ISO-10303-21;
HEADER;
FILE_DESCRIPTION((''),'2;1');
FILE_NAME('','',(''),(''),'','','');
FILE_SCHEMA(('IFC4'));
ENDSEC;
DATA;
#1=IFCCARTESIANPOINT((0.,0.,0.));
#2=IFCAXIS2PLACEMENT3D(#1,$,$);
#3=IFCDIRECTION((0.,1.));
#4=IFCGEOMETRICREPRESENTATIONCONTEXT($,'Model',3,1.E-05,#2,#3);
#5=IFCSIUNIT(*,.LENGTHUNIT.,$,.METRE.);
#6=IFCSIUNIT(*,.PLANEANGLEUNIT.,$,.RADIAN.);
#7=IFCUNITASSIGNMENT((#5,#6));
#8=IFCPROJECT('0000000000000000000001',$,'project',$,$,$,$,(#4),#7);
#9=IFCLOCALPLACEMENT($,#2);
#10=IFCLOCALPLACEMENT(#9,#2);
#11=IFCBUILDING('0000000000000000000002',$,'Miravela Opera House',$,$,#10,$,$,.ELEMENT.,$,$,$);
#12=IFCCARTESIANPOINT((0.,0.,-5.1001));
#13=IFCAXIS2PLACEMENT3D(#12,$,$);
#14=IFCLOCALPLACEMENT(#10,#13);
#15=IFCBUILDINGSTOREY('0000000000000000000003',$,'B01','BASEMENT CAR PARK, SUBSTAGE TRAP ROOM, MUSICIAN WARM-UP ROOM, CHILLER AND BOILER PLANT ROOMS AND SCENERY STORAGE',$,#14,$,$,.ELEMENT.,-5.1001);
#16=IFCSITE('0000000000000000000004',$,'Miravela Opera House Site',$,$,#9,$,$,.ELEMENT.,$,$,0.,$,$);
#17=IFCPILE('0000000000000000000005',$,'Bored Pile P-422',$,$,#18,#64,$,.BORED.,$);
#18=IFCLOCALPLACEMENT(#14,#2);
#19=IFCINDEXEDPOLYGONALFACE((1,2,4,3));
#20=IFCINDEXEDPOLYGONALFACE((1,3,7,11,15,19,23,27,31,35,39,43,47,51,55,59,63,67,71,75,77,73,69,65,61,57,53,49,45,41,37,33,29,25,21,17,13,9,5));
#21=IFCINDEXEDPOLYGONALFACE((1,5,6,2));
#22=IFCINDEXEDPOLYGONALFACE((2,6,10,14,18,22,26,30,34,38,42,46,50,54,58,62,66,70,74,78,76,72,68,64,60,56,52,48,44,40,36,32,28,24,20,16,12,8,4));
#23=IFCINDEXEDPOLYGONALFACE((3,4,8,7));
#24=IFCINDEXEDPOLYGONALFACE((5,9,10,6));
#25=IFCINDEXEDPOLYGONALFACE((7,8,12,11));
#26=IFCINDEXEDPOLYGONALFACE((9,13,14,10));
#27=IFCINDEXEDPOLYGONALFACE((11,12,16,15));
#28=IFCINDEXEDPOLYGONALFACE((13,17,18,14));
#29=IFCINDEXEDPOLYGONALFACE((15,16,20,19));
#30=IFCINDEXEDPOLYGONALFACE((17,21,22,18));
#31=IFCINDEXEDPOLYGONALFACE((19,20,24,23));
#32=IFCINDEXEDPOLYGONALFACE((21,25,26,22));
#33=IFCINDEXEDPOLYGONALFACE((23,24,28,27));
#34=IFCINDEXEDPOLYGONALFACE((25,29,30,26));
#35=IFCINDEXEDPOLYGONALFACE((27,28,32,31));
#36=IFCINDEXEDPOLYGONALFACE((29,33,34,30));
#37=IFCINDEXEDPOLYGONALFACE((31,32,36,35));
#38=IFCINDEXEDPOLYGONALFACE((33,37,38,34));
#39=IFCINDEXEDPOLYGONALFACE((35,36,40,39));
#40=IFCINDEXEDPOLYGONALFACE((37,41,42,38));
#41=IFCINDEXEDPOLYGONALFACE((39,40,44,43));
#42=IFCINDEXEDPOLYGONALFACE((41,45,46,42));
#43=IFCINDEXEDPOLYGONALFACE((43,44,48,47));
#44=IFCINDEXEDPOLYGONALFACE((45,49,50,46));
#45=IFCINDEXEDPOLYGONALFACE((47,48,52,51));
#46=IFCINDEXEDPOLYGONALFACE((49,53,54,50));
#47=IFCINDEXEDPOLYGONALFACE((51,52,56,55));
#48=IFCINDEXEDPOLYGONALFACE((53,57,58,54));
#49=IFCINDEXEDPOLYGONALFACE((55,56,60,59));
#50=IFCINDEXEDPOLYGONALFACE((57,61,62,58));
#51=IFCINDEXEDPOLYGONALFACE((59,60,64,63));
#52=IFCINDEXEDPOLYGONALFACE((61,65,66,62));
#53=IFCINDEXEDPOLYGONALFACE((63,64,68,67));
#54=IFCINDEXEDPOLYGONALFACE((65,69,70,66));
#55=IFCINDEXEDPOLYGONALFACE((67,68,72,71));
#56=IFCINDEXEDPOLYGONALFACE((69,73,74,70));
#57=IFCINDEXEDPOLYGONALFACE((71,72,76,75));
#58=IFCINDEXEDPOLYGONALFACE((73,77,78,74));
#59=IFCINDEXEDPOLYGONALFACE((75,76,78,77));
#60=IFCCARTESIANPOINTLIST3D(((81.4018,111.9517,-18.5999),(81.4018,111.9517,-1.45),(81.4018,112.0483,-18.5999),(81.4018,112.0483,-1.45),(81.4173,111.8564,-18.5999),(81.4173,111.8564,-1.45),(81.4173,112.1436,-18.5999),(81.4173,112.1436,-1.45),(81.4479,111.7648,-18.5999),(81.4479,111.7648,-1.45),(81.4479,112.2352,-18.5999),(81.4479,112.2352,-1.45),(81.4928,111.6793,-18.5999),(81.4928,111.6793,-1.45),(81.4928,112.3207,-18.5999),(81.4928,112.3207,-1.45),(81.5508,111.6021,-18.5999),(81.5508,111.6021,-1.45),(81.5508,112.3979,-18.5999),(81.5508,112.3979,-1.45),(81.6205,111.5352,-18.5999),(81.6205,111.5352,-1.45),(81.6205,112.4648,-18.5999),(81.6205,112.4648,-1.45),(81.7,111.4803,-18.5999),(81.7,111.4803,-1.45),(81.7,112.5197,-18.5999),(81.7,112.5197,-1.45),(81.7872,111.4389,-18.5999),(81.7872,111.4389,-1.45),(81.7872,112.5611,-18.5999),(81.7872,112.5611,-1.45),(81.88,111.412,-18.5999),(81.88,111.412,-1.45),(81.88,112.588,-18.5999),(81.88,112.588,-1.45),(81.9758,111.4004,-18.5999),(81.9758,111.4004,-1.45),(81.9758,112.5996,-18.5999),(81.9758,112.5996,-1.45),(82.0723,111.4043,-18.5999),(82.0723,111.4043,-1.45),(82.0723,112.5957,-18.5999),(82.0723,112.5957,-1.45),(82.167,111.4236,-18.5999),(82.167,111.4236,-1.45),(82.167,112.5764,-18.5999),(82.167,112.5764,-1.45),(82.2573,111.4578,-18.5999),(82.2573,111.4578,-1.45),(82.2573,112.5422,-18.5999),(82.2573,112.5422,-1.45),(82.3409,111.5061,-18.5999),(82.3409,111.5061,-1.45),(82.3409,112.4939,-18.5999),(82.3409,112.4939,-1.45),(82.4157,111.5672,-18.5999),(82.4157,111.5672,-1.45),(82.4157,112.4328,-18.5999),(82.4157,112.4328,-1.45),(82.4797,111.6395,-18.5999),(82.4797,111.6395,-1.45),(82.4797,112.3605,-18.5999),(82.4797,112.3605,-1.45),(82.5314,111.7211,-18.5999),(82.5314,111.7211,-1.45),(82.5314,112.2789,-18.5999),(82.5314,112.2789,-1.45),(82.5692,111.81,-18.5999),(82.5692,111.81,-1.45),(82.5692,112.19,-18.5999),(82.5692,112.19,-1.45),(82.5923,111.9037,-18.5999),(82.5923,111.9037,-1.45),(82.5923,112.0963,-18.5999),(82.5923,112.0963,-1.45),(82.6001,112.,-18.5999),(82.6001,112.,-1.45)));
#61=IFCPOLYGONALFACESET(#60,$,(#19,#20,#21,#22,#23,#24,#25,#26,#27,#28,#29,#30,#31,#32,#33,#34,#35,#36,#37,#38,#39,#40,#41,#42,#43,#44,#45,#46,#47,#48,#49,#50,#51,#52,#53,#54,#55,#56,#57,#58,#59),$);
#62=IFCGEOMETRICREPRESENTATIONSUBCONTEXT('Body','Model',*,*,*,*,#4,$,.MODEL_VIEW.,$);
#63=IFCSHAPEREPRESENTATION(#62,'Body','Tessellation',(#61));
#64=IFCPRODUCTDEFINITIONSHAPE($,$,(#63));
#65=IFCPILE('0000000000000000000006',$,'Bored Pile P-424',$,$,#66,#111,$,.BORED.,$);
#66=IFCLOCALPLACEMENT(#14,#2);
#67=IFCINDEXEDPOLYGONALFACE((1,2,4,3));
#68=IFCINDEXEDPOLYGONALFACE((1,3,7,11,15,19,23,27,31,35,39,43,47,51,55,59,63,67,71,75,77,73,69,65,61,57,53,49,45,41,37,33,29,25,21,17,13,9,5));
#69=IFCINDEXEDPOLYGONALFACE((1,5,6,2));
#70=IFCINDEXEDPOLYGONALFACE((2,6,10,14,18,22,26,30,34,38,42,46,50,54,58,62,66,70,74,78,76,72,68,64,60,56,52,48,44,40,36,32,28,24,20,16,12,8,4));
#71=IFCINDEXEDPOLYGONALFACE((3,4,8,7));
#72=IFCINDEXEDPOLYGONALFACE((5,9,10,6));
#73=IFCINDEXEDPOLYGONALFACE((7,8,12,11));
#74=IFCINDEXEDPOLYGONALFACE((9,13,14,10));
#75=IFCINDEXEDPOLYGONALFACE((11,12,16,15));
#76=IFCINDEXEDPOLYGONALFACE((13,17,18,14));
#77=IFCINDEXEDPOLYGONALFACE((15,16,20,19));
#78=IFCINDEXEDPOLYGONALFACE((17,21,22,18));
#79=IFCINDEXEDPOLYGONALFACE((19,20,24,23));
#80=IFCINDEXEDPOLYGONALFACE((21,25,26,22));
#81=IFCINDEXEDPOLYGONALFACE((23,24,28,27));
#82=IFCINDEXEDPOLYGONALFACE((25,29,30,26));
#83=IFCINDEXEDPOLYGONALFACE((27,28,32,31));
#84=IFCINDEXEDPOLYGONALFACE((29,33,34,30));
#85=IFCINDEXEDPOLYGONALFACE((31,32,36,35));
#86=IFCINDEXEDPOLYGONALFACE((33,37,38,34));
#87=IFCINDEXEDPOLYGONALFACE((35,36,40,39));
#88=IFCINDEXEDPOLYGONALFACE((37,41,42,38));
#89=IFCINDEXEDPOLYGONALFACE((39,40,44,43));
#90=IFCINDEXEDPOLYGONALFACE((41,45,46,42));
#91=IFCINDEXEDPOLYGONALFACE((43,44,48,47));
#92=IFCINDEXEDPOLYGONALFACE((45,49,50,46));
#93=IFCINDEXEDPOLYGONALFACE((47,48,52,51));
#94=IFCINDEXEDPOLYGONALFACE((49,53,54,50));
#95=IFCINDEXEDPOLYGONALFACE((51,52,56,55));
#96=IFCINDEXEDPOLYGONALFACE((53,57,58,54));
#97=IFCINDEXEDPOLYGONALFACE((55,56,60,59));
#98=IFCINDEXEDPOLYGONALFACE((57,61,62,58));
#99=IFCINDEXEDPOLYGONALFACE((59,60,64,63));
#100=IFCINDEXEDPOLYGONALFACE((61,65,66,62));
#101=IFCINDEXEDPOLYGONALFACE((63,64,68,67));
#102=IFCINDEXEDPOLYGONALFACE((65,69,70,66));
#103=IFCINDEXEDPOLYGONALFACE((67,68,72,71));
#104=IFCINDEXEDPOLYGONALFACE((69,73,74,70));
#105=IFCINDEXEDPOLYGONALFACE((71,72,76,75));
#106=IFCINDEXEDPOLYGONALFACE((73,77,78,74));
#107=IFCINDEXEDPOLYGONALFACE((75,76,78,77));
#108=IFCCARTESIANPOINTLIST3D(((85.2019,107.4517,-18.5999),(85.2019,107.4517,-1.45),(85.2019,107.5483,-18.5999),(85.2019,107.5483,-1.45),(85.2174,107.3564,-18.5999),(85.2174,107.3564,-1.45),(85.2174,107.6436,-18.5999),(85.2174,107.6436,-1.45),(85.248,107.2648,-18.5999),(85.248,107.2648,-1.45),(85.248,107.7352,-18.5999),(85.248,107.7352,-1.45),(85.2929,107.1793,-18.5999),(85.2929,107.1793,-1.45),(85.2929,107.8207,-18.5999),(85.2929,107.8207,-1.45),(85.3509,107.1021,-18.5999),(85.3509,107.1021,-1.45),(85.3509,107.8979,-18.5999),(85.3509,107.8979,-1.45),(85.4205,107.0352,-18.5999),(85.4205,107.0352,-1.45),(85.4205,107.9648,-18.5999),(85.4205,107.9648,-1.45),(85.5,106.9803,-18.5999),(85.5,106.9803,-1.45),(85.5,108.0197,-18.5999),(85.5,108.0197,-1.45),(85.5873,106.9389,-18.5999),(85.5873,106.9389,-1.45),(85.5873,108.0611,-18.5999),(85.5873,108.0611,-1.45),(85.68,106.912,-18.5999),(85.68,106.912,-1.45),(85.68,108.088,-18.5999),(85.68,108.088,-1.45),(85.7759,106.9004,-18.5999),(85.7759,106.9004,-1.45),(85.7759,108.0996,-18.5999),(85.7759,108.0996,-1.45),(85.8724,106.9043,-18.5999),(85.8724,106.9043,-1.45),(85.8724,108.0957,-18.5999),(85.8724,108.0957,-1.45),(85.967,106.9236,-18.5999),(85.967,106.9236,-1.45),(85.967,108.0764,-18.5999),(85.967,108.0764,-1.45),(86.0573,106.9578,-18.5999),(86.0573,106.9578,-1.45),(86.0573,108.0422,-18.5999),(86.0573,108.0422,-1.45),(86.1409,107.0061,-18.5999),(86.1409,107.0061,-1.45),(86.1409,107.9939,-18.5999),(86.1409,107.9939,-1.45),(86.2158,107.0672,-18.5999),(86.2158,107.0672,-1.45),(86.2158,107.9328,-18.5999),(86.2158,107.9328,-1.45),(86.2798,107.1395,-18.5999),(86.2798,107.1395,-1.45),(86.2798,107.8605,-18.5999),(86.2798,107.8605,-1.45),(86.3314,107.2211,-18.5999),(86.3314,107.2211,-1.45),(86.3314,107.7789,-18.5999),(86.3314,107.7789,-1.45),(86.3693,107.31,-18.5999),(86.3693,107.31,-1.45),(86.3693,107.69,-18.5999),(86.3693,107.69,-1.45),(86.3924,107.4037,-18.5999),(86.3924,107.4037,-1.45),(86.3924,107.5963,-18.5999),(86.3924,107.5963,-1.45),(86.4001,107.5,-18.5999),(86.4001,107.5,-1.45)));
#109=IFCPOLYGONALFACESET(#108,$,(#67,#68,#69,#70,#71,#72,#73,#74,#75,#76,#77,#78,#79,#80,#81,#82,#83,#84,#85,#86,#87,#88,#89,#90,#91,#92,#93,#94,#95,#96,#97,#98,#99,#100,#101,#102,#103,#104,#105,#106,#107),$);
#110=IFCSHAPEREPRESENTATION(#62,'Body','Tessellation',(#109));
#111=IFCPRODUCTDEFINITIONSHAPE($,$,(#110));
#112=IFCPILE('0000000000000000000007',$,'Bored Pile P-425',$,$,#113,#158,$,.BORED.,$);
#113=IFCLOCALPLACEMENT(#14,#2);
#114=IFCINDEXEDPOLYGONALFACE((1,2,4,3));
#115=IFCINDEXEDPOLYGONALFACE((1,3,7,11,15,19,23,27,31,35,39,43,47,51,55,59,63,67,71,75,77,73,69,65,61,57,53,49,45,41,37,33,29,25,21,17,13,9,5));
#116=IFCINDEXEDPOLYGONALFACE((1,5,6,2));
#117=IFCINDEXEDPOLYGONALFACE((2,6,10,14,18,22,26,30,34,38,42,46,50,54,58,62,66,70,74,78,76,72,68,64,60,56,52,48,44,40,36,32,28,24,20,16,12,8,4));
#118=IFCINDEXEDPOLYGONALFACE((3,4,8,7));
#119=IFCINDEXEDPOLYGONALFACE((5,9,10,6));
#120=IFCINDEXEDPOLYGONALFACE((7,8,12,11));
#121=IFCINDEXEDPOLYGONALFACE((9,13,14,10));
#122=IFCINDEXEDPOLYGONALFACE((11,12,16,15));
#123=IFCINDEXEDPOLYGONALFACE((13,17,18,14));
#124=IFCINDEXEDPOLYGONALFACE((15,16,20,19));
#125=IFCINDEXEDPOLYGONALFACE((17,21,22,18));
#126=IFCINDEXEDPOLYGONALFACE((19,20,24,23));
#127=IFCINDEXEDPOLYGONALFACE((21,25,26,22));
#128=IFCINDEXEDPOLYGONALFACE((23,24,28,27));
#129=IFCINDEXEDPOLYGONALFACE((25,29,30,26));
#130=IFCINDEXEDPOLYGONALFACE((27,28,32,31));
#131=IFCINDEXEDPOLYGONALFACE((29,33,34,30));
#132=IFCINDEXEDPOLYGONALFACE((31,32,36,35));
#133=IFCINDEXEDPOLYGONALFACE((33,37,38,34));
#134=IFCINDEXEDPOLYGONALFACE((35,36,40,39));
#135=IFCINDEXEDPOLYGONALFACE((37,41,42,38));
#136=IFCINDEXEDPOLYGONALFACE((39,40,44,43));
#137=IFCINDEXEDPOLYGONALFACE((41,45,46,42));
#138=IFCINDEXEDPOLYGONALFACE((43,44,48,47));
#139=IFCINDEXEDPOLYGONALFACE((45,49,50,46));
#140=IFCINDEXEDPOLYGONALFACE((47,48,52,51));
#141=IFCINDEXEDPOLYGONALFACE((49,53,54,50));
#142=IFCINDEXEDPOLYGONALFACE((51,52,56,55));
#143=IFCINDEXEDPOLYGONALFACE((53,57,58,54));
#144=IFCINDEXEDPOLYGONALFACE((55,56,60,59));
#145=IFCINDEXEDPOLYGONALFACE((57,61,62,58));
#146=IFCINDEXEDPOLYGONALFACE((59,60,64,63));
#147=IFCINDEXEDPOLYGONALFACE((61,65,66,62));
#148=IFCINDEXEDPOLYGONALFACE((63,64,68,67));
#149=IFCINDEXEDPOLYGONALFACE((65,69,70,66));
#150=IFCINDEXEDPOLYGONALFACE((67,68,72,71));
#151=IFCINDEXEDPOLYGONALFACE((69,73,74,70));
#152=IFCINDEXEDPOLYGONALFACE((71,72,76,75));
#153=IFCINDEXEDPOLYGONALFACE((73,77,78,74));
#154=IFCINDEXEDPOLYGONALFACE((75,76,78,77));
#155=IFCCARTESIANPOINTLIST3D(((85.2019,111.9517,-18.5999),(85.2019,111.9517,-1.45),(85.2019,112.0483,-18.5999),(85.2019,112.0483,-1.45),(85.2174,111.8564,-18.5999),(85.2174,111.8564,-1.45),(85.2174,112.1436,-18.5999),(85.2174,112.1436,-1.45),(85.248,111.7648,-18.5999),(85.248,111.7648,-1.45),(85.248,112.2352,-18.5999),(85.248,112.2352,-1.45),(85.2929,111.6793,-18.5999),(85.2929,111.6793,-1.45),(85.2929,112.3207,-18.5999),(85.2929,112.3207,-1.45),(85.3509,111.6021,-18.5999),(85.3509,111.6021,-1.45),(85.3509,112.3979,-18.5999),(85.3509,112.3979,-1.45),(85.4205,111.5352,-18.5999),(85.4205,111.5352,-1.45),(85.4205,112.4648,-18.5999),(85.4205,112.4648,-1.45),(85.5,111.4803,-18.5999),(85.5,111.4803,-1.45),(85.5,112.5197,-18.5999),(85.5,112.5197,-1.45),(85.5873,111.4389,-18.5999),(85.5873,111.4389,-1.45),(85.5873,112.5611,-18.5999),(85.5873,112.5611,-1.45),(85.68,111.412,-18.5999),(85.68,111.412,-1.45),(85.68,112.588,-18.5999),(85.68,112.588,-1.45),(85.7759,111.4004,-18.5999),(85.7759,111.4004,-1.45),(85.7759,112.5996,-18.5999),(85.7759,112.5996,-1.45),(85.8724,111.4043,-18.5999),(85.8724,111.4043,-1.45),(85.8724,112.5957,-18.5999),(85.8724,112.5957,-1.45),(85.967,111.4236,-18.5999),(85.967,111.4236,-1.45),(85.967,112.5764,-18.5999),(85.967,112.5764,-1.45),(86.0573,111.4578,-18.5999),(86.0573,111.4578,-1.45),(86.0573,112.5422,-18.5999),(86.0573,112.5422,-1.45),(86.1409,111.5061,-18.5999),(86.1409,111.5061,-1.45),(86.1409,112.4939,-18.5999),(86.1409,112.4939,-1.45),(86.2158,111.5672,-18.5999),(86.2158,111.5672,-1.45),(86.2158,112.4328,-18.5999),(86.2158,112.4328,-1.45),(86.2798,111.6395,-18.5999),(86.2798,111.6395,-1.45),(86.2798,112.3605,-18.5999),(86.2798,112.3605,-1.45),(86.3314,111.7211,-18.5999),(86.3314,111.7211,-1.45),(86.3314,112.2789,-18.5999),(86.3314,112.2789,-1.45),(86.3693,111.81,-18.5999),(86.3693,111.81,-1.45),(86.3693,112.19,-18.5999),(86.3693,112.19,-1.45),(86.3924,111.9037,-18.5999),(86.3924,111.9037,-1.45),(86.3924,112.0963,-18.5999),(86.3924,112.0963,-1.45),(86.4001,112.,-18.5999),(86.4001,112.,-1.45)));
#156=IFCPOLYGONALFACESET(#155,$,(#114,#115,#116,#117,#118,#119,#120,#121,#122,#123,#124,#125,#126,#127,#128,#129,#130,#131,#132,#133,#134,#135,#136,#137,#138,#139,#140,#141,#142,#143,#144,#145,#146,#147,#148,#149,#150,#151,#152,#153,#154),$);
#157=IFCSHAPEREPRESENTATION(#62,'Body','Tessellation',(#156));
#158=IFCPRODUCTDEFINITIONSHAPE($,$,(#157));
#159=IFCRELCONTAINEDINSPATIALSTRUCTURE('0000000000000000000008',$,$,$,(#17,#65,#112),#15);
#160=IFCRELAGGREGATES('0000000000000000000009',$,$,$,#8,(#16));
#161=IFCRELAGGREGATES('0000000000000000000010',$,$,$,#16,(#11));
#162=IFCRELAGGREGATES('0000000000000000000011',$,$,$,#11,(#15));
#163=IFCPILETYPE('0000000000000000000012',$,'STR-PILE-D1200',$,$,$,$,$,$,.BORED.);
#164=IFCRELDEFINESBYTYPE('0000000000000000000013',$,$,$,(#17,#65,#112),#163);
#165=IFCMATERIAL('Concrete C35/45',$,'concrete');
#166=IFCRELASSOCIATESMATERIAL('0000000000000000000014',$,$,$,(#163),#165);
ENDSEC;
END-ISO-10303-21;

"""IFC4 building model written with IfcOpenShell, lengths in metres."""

from ifc_helpers import new_model, si_unit, direction, frame, origin, origin_2d, place, context, subcontext, project, spatial, circle, extrude, material, material_profile, profile_set, type_object, element, save


model = new_model("IFC4")

# Units and contexts
model_context = context("Model", 3, precision=1e-05, world=origin(), true_north=direction((0.0, 1.0)))
body_context = subcontext(model_context, "Body", "Model", "MODEL_VIEW")
ifc_project = project(units=[si_unit("LENGTHUNIT", "METRE"), si_unit("PLANEANGLEUNIT", "RADIAN")], contexts=[model_context])

# Site, building, storey
site_placement = place(None, origin())
site = spatial("IfcSite", under=ifc_project, at=site_placement, Name="Miravela Opera House Site", CompositionType="ELEMENT", RefElevation=0.0)
building_placement = place(site_placement, origin())
building = spatial("IfcBuilding", under=site, at=building_placement, Name="Miravela Opera House", CompositionType="ELEMENT")
storey_placement = place(building_placement, frame((0.0, 0.0, -5.1001)))
storey = spatial("IfcBuildingStorey", under=building, at=storey_placement, Name="B01", Description="BASEMENT CAR PARK, SUBSTAGE TRAP ROOM, MUSICIAN WARM-UP ROOM, CHILLER AND BOILER PLANT ROOMS AND SCENERY STORAGE", CompositionType="ELEMENT", Elevation=-5.1001)

# Piles
ifc_material_1 = material(Name="Concrete C35/45", Category="concrete")
ifc_material_profile_1 = material_profile(ifc_material_1, circle(Radius=0.6001, at=origin_2d()), Name="PILE-D1200")
ifc_profile_set_1 = profile_set([ifc_material_profile_1])
pile_type_1 = type_object("IfcPileType", Name="STR-PILE-D1200", PredefinedType="BORED", material=ifc_profile_set_1)
for number, where, z_axis, x_axis, name in (
    (1, (82.0, 112.0, -1.45), (0.0, 0.0, -1.0), (1.0, 0.0, 0.0), "Bored Pile P-422"),
    (2, (85.8, 107.5, -1.45), (0.0, 0.0, -1.0), (1.0, 0.0, 0.0), "Bored Pile P-424"),
    (3, (85.8, 112.0, -1.45), (0.0, 0.0, -1.0), (1.0, 0.0, 0.0), "Bored Pile P-425"),
):
    element("IfcPile", number, at=place(storey_placement, frame(where, z_axis=z_axis, x_axis=x_axis)), inside=storey, type_object=pile_type_1, Name=name, PredefinedType="BORED", context=body_context, shape_type="SweptSolid", body=[
        extrude(circle(Radius=0.6001, at=origin_2d()), origin(), (0.0, 0.0, 1.0), 17.1499),
    ])

save(model, "model.ifc")
